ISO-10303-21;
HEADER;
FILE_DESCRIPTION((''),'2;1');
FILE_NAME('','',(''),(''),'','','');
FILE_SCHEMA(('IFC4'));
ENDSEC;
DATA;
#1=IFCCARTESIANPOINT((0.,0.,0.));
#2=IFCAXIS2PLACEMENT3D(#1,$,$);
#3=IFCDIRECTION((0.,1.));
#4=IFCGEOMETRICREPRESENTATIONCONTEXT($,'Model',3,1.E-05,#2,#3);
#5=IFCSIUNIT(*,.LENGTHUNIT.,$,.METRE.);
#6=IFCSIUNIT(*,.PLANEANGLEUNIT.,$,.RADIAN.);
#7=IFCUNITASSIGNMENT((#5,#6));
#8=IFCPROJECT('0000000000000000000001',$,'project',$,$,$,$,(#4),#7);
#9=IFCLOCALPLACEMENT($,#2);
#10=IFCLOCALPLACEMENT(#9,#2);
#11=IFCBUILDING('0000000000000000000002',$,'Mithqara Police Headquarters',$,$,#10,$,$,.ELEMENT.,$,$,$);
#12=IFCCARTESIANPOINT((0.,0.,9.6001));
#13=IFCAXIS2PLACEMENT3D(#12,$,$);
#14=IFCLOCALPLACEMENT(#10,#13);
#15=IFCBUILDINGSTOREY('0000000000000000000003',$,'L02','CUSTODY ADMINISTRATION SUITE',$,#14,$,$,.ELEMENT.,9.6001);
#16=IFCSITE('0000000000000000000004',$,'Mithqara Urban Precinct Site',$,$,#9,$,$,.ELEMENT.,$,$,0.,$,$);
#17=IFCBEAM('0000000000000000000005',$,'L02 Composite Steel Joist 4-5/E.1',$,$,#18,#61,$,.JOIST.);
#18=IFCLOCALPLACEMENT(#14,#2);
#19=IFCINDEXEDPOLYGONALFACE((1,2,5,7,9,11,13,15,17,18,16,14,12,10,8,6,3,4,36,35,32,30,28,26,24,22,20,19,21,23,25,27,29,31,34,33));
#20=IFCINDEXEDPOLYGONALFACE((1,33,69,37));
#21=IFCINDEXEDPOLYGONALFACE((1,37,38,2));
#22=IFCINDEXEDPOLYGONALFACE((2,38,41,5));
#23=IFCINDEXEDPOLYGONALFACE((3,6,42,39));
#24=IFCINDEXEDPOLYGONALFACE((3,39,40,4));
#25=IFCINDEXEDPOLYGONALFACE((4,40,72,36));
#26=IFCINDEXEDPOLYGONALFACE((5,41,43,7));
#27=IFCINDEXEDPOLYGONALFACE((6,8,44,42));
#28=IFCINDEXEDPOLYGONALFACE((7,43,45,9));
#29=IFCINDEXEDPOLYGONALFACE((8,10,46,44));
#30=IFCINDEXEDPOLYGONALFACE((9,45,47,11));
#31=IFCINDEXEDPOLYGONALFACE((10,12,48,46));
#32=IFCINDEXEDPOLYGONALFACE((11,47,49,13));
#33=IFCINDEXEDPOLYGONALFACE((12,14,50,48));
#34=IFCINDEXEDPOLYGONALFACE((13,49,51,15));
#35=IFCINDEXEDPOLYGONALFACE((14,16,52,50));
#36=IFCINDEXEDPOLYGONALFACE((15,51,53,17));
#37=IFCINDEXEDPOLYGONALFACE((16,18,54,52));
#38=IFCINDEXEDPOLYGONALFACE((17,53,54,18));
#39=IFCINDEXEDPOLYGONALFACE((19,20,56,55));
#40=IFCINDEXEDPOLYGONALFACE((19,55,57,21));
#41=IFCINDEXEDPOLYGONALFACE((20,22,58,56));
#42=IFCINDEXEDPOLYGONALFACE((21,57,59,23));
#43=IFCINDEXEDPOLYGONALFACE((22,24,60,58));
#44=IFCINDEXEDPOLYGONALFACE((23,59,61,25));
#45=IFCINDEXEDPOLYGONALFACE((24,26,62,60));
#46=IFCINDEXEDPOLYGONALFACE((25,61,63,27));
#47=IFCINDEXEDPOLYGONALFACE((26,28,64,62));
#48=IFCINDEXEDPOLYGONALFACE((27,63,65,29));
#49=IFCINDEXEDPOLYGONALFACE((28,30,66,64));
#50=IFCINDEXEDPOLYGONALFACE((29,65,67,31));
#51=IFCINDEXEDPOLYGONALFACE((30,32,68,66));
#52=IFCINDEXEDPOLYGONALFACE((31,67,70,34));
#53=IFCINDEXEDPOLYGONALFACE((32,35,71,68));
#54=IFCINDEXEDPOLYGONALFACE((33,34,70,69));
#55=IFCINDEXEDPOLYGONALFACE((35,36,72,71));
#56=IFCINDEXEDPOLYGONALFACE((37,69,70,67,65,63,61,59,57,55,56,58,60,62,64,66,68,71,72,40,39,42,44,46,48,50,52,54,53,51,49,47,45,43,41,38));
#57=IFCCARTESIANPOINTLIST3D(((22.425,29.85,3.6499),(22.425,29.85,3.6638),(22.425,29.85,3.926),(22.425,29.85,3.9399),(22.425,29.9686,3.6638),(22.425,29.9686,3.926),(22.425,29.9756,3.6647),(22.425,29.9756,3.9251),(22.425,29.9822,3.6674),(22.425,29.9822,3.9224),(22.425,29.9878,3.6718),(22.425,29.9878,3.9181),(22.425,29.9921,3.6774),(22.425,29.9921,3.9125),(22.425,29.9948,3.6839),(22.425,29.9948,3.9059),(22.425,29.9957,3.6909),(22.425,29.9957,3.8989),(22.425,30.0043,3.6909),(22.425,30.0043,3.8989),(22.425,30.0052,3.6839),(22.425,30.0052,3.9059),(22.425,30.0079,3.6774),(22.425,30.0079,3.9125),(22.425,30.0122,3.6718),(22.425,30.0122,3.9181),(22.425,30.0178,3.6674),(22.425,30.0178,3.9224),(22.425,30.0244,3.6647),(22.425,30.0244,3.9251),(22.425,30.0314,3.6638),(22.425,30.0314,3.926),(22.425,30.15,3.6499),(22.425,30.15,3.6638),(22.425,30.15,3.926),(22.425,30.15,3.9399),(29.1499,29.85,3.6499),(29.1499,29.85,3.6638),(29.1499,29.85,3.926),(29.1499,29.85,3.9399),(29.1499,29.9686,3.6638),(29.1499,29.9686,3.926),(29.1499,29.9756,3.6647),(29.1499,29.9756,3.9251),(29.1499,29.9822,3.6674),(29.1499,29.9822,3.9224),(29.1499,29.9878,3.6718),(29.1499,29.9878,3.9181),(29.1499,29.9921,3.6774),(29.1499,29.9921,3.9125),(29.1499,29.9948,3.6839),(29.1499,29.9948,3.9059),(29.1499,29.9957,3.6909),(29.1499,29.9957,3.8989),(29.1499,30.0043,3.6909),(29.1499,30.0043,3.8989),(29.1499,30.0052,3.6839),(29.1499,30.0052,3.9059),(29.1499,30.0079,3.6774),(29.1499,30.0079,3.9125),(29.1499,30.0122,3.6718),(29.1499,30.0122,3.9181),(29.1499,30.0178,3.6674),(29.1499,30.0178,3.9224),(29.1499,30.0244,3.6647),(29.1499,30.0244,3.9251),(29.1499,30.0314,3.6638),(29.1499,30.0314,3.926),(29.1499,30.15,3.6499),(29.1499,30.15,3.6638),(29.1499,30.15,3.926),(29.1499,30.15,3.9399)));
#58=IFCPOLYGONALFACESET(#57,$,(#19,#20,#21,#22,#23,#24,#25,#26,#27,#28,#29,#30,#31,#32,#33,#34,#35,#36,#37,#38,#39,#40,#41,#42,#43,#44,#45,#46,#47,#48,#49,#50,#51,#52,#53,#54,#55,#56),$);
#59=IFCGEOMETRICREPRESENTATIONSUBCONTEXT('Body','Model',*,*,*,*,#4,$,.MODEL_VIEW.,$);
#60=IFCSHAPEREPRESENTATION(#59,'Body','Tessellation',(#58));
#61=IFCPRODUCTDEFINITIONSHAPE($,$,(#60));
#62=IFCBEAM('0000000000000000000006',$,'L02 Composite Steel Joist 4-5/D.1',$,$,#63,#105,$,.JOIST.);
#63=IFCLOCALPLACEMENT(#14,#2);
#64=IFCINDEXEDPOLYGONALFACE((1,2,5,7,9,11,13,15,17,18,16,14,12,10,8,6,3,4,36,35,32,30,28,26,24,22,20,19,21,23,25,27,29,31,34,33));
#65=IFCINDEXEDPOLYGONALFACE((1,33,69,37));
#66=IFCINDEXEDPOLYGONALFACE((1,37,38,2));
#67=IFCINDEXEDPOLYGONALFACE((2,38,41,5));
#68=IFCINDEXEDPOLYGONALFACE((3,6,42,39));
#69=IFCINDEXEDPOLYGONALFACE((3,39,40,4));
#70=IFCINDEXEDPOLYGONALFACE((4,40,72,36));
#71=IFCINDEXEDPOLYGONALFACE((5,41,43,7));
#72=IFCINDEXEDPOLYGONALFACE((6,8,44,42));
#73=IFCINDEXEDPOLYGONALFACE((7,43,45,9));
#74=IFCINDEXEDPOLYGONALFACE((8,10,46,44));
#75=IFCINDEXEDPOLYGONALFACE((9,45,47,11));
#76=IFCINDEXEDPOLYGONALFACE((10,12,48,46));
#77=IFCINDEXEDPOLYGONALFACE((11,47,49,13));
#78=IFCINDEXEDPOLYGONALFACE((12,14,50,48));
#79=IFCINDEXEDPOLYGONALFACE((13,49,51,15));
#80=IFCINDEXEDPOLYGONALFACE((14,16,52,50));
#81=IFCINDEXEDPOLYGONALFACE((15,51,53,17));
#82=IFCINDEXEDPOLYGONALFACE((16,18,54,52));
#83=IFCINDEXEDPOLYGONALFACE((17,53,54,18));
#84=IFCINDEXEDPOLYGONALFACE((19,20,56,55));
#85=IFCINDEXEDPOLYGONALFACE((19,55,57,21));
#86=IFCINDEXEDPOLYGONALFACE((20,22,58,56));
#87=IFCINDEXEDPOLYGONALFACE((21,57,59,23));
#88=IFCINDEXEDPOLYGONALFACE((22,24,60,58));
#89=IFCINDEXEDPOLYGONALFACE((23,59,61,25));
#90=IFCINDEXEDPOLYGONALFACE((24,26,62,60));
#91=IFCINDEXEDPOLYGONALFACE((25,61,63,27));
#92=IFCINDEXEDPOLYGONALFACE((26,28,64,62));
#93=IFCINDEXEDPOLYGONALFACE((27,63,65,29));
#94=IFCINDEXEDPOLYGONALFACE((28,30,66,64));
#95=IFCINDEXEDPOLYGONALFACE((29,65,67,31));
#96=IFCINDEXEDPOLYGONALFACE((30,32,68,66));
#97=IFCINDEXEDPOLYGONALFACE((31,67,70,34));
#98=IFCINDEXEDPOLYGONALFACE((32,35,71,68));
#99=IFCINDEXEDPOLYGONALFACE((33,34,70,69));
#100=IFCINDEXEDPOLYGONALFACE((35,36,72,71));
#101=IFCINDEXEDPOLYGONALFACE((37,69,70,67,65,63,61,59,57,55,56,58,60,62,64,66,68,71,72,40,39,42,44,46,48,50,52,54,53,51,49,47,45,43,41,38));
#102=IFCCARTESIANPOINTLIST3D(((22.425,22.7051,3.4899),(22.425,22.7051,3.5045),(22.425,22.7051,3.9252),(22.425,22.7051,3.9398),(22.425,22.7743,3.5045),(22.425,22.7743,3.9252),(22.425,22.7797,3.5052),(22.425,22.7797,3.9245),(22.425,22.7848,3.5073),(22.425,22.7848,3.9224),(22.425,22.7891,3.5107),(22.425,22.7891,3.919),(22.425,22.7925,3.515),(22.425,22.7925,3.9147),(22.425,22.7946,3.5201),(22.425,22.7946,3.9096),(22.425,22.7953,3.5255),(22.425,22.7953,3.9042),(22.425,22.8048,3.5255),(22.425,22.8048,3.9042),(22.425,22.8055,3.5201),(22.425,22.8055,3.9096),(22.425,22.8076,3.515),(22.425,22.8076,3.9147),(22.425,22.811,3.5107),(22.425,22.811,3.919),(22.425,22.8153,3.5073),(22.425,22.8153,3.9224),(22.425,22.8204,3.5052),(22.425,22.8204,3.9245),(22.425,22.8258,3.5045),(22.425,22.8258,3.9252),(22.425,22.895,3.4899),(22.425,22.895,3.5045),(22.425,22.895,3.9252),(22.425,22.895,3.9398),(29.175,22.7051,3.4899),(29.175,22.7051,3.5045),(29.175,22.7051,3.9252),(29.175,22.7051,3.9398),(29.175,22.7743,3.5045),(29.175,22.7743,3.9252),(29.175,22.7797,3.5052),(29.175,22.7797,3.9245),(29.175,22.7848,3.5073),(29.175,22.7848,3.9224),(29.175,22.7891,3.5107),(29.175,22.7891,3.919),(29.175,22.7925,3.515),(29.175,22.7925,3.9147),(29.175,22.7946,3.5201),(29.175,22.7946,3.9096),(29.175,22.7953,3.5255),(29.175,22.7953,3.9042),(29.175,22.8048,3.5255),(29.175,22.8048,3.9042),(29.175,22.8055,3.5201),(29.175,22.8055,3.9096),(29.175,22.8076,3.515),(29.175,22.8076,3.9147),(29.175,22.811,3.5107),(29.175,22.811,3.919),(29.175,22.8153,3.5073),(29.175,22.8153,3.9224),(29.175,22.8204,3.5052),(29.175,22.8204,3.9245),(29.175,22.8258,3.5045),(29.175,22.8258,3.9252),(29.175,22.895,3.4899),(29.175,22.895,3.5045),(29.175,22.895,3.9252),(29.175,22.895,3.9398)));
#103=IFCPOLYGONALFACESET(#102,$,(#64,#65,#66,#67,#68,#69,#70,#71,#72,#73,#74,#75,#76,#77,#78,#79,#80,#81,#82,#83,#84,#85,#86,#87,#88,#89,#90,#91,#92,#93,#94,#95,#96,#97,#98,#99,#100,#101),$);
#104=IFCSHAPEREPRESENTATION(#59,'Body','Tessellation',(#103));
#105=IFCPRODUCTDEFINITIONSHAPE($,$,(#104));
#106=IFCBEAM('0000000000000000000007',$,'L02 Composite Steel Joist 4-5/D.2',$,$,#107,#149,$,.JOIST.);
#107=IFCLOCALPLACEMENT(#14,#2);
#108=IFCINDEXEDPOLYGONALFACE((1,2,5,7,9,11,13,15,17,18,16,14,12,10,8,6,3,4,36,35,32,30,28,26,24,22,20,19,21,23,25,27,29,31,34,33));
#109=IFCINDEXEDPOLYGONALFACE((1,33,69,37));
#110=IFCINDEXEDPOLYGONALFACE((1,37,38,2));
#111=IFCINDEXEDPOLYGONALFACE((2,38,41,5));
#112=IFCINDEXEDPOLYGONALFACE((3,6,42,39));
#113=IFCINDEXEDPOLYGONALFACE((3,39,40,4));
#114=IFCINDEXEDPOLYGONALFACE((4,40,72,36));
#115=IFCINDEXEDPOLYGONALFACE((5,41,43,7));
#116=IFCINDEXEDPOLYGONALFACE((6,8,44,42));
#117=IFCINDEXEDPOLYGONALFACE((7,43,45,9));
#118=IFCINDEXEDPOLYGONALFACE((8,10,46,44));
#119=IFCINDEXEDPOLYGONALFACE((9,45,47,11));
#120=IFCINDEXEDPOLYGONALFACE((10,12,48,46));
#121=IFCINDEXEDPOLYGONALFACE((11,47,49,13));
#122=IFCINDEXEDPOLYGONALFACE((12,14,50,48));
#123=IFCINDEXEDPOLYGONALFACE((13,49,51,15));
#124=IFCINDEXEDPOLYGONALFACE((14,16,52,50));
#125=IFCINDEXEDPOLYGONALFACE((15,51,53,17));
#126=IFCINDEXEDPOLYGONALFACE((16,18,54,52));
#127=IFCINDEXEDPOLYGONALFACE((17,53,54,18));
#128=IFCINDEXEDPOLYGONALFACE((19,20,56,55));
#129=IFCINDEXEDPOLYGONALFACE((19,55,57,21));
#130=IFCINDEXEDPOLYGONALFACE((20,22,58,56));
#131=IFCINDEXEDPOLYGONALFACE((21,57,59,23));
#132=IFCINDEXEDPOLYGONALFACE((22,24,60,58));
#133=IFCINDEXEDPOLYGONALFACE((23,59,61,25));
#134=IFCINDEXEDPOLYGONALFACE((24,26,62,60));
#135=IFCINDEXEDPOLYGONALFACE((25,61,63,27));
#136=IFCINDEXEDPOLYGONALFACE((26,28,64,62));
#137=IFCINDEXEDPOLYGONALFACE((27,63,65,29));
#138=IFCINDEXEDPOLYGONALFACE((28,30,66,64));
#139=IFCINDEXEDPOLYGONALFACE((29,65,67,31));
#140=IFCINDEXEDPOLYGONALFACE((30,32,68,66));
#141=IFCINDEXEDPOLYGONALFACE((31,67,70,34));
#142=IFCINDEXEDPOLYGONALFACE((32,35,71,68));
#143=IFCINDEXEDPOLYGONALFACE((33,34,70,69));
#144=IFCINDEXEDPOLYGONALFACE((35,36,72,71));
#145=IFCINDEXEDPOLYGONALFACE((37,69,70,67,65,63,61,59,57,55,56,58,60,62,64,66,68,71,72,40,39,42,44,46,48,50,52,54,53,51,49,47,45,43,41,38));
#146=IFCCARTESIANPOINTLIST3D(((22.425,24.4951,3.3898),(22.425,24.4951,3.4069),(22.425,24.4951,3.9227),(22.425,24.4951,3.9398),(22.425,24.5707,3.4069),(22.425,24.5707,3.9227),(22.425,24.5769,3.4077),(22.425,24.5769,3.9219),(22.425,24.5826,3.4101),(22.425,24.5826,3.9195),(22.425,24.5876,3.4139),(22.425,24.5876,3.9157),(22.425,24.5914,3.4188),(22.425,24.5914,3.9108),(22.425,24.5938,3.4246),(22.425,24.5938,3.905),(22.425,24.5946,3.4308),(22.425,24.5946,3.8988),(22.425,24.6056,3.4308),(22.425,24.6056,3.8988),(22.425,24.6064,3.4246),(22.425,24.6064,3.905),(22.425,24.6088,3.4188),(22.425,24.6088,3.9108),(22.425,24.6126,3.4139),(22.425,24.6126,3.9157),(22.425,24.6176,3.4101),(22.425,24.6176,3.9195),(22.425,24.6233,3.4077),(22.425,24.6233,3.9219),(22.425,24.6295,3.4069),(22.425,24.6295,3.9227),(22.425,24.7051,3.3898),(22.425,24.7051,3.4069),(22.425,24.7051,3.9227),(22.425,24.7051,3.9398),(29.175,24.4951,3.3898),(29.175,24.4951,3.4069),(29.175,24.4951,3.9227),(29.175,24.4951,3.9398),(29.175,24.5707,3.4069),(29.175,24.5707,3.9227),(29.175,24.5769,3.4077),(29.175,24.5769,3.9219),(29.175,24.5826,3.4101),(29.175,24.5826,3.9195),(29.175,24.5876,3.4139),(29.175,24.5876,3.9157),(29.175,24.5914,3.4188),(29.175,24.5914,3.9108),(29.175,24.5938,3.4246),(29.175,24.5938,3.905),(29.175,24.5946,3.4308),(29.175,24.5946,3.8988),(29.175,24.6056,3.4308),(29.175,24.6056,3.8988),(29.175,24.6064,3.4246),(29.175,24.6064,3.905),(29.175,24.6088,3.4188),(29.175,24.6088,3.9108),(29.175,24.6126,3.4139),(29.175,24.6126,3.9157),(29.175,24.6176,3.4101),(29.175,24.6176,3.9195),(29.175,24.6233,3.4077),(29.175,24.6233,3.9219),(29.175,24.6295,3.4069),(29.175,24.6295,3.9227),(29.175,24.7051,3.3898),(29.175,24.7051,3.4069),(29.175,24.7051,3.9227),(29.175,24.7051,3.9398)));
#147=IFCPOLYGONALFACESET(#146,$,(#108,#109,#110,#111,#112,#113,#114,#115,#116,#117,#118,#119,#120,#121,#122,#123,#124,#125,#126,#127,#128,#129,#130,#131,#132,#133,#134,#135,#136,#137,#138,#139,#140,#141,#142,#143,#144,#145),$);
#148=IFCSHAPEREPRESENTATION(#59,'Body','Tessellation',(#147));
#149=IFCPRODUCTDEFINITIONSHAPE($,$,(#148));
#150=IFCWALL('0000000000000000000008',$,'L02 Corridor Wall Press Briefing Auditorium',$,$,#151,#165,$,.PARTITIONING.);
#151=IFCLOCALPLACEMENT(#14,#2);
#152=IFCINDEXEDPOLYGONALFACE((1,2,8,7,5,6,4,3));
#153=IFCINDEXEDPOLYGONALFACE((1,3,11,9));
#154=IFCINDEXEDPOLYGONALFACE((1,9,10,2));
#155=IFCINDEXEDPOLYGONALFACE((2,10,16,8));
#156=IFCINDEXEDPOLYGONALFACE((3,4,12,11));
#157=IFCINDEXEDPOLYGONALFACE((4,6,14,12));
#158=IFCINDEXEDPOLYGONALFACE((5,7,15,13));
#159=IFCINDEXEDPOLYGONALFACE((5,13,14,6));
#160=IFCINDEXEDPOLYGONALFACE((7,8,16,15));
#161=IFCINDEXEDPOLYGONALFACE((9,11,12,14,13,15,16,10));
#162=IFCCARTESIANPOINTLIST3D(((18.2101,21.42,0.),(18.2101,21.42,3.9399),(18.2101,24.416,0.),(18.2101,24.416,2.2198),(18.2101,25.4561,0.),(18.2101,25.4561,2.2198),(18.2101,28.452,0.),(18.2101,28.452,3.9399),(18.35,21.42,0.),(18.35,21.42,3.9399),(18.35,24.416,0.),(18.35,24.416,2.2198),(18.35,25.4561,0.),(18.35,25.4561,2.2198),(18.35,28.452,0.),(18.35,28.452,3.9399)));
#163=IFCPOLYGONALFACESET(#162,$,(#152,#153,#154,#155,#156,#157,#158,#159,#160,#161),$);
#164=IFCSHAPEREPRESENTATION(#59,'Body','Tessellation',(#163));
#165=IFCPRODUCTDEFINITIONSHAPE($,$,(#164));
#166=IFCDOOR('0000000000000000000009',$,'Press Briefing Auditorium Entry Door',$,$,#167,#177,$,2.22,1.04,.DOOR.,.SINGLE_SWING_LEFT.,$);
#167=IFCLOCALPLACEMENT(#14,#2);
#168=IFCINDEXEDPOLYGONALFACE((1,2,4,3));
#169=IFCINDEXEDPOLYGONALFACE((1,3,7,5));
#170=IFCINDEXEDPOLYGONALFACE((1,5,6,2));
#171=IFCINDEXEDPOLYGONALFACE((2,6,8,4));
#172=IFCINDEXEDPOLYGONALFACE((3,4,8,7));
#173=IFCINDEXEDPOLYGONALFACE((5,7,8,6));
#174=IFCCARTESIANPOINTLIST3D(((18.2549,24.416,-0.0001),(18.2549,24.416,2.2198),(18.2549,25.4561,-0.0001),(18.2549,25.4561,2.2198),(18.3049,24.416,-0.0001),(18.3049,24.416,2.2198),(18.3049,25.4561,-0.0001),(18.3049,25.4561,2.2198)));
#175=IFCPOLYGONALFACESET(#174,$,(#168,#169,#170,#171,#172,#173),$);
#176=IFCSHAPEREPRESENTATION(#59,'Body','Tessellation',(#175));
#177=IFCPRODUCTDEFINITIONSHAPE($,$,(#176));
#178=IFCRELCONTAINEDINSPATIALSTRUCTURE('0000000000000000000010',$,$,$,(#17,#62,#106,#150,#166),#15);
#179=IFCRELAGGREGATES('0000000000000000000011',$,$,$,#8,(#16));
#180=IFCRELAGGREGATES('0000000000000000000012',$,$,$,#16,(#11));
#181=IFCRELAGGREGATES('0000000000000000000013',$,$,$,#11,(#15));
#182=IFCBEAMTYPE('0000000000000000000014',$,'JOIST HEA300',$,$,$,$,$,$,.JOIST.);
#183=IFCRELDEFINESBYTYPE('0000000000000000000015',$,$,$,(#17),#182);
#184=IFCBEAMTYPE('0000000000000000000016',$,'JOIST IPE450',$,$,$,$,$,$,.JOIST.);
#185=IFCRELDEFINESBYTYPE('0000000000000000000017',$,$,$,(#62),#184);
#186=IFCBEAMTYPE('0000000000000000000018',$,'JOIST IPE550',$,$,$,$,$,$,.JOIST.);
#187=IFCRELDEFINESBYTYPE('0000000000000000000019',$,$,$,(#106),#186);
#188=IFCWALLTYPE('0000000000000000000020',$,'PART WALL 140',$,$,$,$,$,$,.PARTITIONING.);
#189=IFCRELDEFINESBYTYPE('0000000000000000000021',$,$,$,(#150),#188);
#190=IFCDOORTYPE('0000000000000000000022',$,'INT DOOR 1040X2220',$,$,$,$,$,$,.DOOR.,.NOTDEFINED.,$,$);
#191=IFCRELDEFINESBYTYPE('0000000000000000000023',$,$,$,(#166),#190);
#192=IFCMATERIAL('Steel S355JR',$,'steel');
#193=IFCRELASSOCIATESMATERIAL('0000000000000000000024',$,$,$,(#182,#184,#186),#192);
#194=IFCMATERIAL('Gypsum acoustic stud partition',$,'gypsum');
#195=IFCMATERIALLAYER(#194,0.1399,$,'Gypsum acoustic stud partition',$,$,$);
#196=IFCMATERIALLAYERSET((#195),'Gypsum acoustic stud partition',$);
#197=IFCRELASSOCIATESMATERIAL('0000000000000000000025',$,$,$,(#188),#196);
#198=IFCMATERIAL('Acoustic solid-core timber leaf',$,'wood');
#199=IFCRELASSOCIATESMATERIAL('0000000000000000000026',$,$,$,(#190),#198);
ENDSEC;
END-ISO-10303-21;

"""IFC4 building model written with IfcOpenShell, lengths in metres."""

from ifc_helpers import new_model, si_unit, direction, frame, frame_2d, origin, origin_2d, place, context, subcontext, project, spatial, rectangle, i_section, extrude, material, layer, layer_set, material_profile, profile_set, type_object, element, fill, save


model = new_model("IFC4")

# Units and contexts
model_context = context("Model", 3, precision=1e-05, world=origin(), true_north=direction((0.0, 1.0)))
body_context = subcontext(model_context, "Body", "Model", "MODEL_VIEW")
ifc_project = project(units=[si_unit("LENGTHUNIT", "METRE"), si_unit("PLANEANGLEUNIT", "RADIAN")], contexts=[model_context])

# Site, building, storey
site_placement = place(None, origin())
site = spatial("IfcSite", under=ifc_project, at=site_placement, Name="Mithqara Urban Precinct Site", CompositionType="ELEMENT", RefElevation=0.0)
building_placement = place(site_placement, origin())
building = spatial("IfcBuilding", under=site, at=building_placement, Name="Mithqara Police Headquarters", CompositionType="ELEMENT")
storey_placement = place(building_placement, frame((0.0, 0.0, 9.6001)))
storey = spatial("IfcBuildingStorey", under=building, at=storey_placement, Name="L02", Description="CUSTODY ADMINISTRATION SUITE", CompositionType="ELEMENT", Elevation=9.6001)

# Beams
ifc_material_1 = material(Name="Steel S355JR", Category="steel")
ifc_material_profile_1 = material_profile(ifc_material_1, i_section(OverallWidth=0.3, OverallDepth=0.29, WebThickness=0.0085, FlangeThickness=0.0139, FilletRadius=0.0271, at=origin_2d()), Name="HEA 300")
ifc_profile_set_1 = profile_set([ifc_material_profile_1], Name="Steel S355JR")
beam_type_1 = type_object("IfcBeamType", Name="JOIST HEA300", PredefinedType="JOIST", material=ifc_profile_set_1)
beam_1_placement = place(storey_placement, frame((22.425, 30.0, 3.7949), z_axis=(1.0, 0.0, 0.0), x_axis=(0.0, 1.0, 0.0)))
element("IfcBeam", 1, at=beam_1_placement, inside=storey, type_object=beam_type_1, Name="L02 Composite Steel Joist 4-5/E.1", PredefinedType="JOIST", context=body_context, shape_type="SweptSolid", body=[
    extrude(i_section(OverallWidth=0.3, OverallDepth=0.29, WebThickness=0.0085, FlangeThickness=0.0139, FilletRadius=0.0271, at=origin_2d()), origin(), (0.0, 0.0, 1.0), 6.7249),
])
ifc_material_profile_2 = material_profile(ifc_material_1, i_section(OverallWidth=0.1899, OverallDepth=0.45, WebThickness=0.0095, FlangeThickness=0.0146, FilletRadius=0.021, at=origin_2d()), Name="IPE 450")
ifc_profile_set_2 = profile_set([ifc_material_profile_2], Name="Steel S355JR")
beam_type_2 = type_object("IfcBeamType", Name="JOIST IPE450", PredefinedType="JOIST", material=ifc_profile_set_2)
beam_2_placement = place(storey_placement, frame((22.425, 22.8, 3.7148), z_axis=(1.0, 0.0, 0.0), x_axis=(0.0, 1.0, 0.0)))
element("IfcBeam", 2, at=beam_2_placement, inside=storey, type_object=beam_type_2, Name="L02 Composite Steel Joist 4-5/D.1", PredefinedType="JOIST", context=body_context, shape_type="SweptSolid", body=[
    extrude(i_section(OverallWidth=0.1899, OverallDepth=0.45, WebThickness=0.0095, FlangeThickness=0.0146, FilletRadius=0.021, at=origin_2d()), origin(), (0.0, 0.0, 1.0), 6.75),
])
ifc_material_profile_3 = material_profile(ifc_material_1, i_section(OverallWidth=0.21, OverallDepth=0.55, WebThickness=0.011, FlangeThickness=0.0171, FilletRadius=0.0239, at=origin_2d()), Name="IPE 550")
ifc_profile_set_3 = profile_set([ifc_material_profile_3], Name="Steel S355JR")
beam_type_3 = type_object("IfcBeamType", Name="JOIST IPE550", PredefinedType="JOIST", material=ifc_profile_set_3)
beam_3_placement = place(storey_placement, frame((22.425, 24.6001, 3.6648), z_axis=(1.0, 0.0, 0.0), x_axis=(0.0, 1.0, 0.0)))
element("IfcBeam", 3, at=beam_3_placement, inside=storey, type_object=beam_type_3, Name="L02 Composite Steel Joist 4-5/D.2", PredefinedType="JOIST", context=body_context, shape_type="SweptSolid", body=[
    extrude(i_section(OverallWidth=0.21, OverallDepth=0.55, WebThickness=0.011, FlangeThickness=0.0171, FilletRadius=0.0239, at=origin_2d()), origin(), (0.0, 0.0, 1.0), 6.75),
])

# Wall, opening, door
ifc_material_2 = material(Name="Gypsum acoustic stud partition", Category="gypsum")
ifc_layer_1 = layer(ifc_material_2, 0.1399, Name="Gypsum acoustic stud partition")
ifc_layer_set_1 = layer_set([ifc_layer_1], Name="Gypsum acoustic stud partition")
wall_type = type_object("IfcWallType", Name="PART WALL 140", PredefinedType="PARTITIONING", material=ifc_layer_set_1)
wall_1_placement = place(storey_placement, frame((18.28, 21.4199, 0.0), z_axis=(0.0, 0.0, 1.0), x_axis=(0.0, 1.0, 0.0)))
wall_1 = element("IfcWall", 4, at=wall_1_placement, inside=storey, type_object=wall_type, Name="L02 Corridor Wall Press Briefing Auditorium", PredefinedType="PARTITIONING", context=body_context, shape_type="SweptSolid", body=[
    extrude(rectangle(XDim=7.032, YDim=0.1399, at=frame_2d((3.5161, 0.0))), origin(), (0.0, 0.0, 1.0), 3.9399),
])
opening_1_placement = place(wall_1_placement, frame((2.9961, 0.0, 0.0)))
opening_1 = element("IfcOpeningElement", 5, at=opening_1_placement, cuts=wall_1, PredefinedType="OPENING", context=body_context, shape_type="SweptSolid", body=[
    extrude(rectangle(XDim=1.04, YDim=2.22, at=frame_2d((0.52, 1.1099))), frame((0.0, 0.0801, 0.0), z_axis=(0.0, -1.0, 0.0), x_axis=(1.0, 0.0, 0.0)), (0.0, 0.0, 1.0), 0.1599),
])
ifc_material_3 = material(Name="Acoustic solid-core timber leaf", Category="wood")
door_type_1 = type_object("IfcDoorType", Name="INT DOOR 1040X2220", OperationType="NOTDEFINED", PredefinedType="DOOR", material=ifc_material_3)
door_1_placement = place(opening_1_placement, frame((1.04, 0.0, 0.0), z_axis=(0.0, 0.0, 1.0), x_axis=(-1.0, 0.0, 0.0)))
door_1 = element("IfcDoor", 6, at=door_1_placement, inside=storey, type_object=door_type_1, Name="Press Briefing Auditorium Entry Door", OperationType="SINGLE_SWING_LEFT", OverallHeight=2.22, OverallWidth=1.04, PredefinedType="DOOR", context=body_context, shape_type="SweptSolid", body=[
    extrude(rectangle(XDim=1.04, YDim=2.22, at=frame_2d((0.52, 1.1099))), frame((0.0, 0.0249, 0.0), z_axis=(0.0, -1.0, 0.0), x_axis=(1.0, 0.0, 0.0)), (0.0, 0.0, 1.0), 0.05),
])
fill(opening_1, door_1)

save(model, "model.ifc")
